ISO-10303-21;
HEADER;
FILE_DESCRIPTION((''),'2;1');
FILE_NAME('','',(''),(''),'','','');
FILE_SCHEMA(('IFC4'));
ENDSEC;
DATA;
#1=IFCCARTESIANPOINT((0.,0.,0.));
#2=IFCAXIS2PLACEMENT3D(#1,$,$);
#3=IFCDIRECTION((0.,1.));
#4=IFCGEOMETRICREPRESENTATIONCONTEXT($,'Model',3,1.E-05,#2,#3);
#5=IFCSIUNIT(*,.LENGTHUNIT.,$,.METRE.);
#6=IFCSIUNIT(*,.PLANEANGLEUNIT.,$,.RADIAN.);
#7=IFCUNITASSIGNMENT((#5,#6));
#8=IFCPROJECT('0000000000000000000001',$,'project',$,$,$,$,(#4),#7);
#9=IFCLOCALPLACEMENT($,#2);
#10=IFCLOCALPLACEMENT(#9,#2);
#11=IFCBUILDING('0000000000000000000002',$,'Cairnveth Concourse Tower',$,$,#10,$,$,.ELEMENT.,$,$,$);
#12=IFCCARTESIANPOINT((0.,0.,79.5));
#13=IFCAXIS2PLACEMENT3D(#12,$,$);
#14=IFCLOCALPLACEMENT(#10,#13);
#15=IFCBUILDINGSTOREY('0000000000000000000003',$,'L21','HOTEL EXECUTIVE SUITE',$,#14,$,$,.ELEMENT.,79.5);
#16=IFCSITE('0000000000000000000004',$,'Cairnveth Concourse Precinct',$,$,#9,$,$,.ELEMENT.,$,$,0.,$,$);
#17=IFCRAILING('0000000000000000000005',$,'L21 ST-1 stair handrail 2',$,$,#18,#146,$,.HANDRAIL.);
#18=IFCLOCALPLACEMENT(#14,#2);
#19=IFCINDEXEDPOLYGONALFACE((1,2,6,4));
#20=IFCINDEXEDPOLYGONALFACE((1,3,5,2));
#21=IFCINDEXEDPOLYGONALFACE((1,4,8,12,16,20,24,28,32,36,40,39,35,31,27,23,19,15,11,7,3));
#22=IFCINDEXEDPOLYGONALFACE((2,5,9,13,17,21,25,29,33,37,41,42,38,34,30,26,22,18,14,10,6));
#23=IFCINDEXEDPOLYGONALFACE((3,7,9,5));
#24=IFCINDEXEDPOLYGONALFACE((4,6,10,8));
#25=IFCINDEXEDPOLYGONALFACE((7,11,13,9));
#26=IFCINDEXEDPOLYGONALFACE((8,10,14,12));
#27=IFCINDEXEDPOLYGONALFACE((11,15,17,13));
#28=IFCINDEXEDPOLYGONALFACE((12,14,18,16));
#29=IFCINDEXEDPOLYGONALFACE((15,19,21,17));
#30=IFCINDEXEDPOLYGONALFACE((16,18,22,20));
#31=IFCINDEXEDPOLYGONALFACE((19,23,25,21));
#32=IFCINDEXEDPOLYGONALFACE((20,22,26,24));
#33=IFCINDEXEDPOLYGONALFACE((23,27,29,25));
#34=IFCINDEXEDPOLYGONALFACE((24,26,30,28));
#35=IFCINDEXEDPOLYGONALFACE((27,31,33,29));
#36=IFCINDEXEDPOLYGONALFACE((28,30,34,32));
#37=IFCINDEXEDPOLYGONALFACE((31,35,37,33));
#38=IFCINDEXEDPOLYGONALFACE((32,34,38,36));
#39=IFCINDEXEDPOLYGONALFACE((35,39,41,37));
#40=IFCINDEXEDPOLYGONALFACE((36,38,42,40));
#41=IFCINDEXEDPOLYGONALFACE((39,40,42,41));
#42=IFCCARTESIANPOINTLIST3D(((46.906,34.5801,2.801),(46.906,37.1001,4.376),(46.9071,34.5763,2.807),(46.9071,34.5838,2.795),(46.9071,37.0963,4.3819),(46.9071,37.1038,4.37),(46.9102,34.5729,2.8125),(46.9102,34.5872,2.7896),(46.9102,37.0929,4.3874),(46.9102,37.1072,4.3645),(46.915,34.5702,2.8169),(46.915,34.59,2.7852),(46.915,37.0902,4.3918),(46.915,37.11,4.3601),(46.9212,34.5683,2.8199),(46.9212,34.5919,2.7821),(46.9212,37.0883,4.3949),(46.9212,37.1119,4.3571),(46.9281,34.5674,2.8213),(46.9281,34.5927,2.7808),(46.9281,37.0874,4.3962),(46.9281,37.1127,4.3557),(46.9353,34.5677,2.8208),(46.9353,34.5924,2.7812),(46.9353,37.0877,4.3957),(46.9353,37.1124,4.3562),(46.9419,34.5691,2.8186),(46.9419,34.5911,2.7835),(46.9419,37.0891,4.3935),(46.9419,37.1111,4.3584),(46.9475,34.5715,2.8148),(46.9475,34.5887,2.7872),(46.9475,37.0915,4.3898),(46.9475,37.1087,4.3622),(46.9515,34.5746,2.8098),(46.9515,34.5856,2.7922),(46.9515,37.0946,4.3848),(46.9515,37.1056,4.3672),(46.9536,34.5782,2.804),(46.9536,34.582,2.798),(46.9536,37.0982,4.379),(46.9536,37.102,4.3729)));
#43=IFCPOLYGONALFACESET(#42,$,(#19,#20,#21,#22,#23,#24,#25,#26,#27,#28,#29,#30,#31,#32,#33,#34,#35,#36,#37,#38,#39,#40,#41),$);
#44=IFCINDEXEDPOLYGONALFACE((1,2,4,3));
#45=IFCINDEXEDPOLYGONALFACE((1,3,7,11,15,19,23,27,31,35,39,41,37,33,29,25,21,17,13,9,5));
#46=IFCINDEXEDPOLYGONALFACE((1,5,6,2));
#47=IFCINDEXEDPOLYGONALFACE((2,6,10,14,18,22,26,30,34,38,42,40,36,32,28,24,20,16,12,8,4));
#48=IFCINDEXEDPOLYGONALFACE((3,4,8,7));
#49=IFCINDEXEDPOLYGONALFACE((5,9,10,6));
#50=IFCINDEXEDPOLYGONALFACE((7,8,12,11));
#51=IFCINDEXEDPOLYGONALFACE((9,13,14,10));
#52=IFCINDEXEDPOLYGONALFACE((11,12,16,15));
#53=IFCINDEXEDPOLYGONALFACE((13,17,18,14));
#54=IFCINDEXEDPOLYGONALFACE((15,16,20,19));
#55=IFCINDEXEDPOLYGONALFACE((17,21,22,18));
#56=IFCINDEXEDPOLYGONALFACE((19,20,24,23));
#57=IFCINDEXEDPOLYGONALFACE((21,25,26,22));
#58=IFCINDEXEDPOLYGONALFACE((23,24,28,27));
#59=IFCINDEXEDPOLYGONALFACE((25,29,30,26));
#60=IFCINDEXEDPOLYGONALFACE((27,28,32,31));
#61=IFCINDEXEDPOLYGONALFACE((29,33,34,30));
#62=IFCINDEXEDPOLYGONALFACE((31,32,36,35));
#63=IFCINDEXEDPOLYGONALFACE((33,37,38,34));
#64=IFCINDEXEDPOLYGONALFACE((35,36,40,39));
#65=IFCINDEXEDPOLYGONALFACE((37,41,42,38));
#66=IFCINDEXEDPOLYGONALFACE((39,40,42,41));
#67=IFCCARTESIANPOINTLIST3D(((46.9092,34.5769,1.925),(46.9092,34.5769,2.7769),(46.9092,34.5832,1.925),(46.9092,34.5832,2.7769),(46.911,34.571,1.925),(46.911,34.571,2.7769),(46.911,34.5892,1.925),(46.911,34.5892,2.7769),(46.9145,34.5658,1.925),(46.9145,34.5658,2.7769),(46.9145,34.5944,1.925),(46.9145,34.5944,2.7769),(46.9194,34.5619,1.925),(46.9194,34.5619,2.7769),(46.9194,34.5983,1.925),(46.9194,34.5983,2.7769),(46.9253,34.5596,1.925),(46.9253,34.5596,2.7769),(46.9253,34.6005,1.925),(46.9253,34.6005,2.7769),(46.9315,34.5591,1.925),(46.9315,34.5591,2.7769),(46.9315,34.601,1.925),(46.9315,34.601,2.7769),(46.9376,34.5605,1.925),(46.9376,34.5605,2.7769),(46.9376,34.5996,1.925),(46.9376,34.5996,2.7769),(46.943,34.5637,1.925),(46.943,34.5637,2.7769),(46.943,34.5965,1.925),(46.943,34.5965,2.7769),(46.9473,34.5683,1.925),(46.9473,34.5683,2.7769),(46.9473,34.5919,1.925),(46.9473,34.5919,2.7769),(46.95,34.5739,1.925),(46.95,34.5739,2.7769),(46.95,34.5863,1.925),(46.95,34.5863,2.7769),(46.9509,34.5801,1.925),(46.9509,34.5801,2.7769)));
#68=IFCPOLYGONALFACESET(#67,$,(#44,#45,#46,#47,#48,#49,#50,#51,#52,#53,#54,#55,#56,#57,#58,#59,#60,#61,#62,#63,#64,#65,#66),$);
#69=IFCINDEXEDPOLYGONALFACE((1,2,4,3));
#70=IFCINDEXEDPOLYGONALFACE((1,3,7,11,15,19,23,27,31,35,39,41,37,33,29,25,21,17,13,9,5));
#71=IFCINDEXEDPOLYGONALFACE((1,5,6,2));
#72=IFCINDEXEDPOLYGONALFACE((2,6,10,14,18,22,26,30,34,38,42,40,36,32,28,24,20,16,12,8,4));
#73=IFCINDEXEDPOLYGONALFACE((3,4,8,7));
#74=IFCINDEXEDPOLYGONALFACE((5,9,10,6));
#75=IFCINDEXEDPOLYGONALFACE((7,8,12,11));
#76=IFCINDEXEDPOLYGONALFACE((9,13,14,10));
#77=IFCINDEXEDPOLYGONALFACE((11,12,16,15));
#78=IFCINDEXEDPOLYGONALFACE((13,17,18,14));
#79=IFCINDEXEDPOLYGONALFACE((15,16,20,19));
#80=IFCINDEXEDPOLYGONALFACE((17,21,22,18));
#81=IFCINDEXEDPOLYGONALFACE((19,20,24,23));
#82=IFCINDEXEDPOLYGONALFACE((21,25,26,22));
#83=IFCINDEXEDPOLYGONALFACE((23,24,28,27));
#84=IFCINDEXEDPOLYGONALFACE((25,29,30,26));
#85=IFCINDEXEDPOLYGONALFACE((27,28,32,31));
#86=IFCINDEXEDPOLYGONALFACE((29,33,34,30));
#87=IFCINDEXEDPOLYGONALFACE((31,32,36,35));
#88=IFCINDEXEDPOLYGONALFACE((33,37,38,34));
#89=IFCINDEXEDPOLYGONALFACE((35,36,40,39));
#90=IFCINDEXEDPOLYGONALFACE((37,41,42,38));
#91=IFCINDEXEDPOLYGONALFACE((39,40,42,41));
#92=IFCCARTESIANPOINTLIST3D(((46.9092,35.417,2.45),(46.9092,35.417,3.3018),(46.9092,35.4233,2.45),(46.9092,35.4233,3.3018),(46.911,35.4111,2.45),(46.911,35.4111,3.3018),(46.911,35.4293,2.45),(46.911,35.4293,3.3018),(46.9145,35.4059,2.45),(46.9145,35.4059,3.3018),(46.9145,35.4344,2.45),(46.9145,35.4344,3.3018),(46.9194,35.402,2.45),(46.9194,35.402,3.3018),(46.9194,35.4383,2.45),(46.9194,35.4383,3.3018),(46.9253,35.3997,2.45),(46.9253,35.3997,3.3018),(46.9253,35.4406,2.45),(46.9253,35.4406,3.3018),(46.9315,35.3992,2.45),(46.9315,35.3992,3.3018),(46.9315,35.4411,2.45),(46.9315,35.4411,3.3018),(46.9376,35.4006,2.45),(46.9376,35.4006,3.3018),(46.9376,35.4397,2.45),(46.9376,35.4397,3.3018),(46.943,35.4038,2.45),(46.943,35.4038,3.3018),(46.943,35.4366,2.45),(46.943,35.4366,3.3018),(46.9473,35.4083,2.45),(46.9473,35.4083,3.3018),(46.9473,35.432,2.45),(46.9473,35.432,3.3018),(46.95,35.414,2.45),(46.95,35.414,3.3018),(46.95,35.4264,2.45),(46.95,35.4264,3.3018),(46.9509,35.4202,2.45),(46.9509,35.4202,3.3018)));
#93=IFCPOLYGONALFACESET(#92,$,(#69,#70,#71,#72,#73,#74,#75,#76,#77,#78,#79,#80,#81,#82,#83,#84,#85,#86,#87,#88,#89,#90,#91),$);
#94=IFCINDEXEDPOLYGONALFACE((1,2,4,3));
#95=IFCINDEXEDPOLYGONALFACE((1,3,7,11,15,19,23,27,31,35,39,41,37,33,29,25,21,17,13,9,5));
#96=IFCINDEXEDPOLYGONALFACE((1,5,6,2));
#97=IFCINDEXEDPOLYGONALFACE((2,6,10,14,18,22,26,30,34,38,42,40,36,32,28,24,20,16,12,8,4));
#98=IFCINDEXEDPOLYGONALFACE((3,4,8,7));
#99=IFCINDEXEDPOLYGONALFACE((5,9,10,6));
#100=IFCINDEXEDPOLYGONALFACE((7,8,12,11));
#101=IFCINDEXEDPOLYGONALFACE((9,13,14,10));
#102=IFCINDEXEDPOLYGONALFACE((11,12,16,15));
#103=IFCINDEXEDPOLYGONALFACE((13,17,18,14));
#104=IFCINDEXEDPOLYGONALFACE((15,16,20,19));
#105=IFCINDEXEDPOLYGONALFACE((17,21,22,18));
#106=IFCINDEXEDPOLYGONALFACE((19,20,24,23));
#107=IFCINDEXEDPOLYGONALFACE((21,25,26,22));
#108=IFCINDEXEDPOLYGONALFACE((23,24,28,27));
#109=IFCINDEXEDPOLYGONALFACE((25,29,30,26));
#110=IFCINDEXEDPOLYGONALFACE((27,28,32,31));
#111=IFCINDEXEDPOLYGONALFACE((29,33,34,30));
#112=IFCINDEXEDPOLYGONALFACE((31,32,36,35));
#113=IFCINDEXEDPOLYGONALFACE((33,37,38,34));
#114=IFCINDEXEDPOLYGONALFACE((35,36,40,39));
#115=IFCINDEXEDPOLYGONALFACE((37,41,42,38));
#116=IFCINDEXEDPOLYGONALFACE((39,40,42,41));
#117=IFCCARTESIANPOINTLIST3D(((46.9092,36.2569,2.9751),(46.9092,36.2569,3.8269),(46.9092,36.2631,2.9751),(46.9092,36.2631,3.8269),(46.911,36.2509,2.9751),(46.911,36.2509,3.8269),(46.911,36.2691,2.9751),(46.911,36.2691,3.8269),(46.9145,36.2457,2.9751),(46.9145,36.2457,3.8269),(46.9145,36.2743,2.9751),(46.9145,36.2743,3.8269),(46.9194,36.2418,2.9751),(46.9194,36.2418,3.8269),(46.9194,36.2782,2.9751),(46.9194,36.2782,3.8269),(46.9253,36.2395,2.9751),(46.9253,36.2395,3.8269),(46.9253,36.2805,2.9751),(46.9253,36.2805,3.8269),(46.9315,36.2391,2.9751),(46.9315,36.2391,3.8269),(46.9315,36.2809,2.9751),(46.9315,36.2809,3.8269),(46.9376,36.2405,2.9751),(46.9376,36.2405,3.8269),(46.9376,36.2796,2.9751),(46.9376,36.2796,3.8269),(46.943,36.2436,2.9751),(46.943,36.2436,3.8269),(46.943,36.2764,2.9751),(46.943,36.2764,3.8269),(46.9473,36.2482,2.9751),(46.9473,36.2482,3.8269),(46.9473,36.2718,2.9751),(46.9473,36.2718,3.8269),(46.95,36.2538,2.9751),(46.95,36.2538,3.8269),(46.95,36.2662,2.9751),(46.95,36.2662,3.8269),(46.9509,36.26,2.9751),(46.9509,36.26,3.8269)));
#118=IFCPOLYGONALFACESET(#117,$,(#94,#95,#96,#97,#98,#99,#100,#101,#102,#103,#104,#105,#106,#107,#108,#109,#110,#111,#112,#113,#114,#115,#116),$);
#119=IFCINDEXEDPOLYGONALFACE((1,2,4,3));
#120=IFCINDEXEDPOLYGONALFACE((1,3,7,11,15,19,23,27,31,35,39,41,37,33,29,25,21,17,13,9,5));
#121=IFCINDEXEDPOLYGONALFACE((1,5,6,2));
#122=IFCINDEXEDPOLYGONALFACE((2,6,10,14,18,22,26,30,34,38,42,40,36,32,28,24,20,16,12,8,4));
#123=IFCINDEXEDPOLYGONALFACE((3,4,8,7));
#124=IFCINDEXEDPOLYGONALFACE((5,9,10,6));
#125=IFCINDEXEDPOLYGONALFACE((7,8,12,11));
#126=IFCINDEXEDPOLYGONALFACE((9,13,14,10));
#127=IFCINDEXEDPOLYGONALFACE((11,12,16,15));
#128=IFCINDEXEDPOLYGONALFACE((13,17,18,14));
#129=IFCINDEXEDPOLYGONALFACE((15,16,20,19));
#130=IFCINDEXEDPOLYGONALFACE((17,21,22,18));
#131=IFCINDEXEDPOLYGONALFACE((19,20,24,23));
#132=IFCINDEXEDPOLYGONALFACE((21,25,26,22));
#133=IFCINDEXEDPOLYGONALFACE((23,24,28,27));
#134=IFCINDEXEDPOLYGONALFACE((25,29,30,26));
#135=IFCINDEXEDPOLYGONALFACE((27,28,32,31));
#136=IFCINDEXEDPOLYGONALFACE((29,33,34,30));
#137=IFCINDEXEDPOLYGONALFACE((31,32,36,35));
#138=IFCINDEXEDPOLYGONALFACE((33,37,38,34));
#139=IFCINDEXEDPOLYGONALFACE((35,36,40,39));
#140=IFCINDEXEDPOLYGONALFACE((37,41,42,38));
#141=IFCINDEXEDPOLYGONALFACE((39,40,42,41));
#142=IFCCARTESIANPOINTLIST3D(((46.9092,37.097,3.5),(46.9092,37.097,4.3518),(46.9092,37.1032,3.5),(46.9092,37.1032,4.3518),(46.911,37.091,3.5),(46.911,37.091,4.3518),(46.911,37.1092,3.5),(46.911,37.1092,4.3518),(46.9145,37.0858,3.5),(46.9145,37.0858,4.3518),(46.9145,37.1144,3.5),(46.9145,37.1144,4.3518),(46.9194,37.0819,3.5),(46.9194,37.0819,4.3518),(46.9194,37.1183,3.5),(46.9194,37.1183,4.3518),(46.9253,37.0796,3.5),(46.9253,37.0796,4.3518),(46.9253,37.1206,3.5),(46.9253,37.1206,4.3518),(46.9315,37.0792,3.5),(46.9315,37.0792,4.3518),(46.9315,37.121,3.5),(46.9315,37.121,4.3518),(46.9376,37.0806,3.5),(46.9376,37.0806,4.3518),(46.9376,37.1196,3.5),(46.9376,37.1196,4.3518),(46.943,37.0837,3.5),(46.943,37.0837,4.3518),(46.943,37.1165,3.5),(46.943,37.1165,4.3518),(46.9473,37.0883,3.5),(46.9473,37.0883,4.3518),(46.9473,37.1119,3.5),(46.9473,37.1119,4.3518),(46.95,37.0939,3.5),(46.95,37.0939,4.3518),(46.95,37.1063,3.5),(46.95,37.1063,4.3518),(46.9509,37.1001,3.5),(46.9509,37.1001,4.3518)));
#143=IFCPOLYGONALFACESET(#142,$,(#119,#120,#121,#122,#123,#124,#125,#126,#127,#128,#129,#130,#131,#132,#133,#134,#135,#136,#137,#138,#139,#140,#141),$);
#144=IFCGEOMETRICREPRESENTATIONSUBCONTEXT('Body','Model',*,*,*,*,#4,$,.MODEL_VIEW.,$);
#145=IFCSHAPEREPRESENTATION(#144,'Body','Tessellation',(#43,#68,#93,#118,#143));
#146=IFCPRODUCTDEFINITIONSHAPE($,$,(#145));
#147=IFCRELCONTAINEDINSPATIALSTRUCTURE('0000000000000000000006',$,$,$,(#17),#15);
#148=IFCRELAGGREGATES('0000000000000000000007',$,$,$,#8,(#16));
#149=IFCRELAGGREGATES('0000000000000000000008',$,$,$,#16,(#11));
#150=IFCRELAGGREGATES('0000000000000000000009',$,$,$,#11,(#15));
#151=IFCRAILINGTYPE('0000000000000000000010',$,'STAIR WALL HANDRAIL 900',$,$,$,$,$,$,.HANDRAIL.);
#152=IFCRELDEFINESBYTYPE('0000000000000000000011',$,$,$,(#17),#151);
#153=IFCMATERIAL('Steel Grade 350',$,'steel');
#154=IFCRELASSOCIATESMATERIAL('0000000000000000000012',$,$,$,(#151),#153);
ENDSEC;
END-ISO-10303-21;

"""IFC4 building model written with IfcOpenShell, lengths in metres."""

from ifc_helpers import new_model, si_unit, direction, frame, origin, origin_2d, place, context, subcontext, project, spatial, circle, extrude, material, type_object, element, save


model = new_model("IFC4")

# Units and contexts
model_context = context("Model", 3, precision=1e-05, world=origin(), true_north=direction((0.0, 1.0)))
body_context = subcontext(model_context, "Body", "Model", "MODEL_VIEW")
ifc_project = project(units=[si_unit("LENGTHUNIT", "METRE"), si_unit("PLANEANGLEUNIT", "RADIAN")], contexts=[model_context])

# Site, building, storey
site_placement = place(None, origin())
site = spatial("IfcSite", under=ifc_project, at=site_placement, Name="Cairnveth Concourse Precinct", CompositionType="ELEMENT", RefElevation=0.0)
building_placement = place(site_placement, origin())
building = spatial("IfcBuilding", under=site, at=building_placement, Name="Cairnveth Concourse Tower", CompositionType="ELEMENT")
storey_placement = place(building_placement, frame((0.0, 0.0, 79.5)))
storey = spatial("IfcBuildingStorey", under=building, at=storey_placement, Name="L21", Description="HOTEL EXECUTIVE SUITE", CompositionType="ELEMENT", Elevation=79.5)

# Railing
ifc_material_1 = material(Name="Steel Grade 350", Category="steel")
railing_type_1 = type_object("IfcRailingType", Name="STAIR WALL HANDRAIL 900", PredefinedType="HANDRAIL", material=ifc_material_1)
railing_1_placement = place(storey_placement, frame((46.9299, 34.5801, 1.925)))
element("IfcRailing", 1, at=railing_1_placement, inside=storey, type_object=railing_type_1, Name="L21 ST-1 stair handrail 2", PredefinedType="HANDRAIL", context=body_context, shape_type="SweptSolid", body=[
    extrude(circle(Radius=0.0239, at=origin_2d()), frame((0.0, 0.0, 0.876), z_axis=(0.0, 0.848008, 0.529984), x_axis=(-1.0, 0.0, 0.0)), (0.0, 0.0, 1.0), 2.9717),
    extrude(circle(Radius=0.021, at=origin_2d()), origin(), (0.0, 0.0, 1.0), 0.8518),
    extrude(circle(Radius=0.021, at=origin_2d()), frame((0.0, 0.8401, 0.5249)), (0.0, 0.0, 1.0), 0.8518),
    extrude(circle(Radius=0.021, at=origin_2d()), frame((0.0, 1.6799, 1.05)), (0.0, 0.0, 1.0), 0.8518),
    extrude(circle(Radius=0.021, at=origin_2d()), frame((0.0, 2.52, 1.575)), (0.0, 0.0, 1.0), 0.8518),
])

save(model, "model.ifc")
